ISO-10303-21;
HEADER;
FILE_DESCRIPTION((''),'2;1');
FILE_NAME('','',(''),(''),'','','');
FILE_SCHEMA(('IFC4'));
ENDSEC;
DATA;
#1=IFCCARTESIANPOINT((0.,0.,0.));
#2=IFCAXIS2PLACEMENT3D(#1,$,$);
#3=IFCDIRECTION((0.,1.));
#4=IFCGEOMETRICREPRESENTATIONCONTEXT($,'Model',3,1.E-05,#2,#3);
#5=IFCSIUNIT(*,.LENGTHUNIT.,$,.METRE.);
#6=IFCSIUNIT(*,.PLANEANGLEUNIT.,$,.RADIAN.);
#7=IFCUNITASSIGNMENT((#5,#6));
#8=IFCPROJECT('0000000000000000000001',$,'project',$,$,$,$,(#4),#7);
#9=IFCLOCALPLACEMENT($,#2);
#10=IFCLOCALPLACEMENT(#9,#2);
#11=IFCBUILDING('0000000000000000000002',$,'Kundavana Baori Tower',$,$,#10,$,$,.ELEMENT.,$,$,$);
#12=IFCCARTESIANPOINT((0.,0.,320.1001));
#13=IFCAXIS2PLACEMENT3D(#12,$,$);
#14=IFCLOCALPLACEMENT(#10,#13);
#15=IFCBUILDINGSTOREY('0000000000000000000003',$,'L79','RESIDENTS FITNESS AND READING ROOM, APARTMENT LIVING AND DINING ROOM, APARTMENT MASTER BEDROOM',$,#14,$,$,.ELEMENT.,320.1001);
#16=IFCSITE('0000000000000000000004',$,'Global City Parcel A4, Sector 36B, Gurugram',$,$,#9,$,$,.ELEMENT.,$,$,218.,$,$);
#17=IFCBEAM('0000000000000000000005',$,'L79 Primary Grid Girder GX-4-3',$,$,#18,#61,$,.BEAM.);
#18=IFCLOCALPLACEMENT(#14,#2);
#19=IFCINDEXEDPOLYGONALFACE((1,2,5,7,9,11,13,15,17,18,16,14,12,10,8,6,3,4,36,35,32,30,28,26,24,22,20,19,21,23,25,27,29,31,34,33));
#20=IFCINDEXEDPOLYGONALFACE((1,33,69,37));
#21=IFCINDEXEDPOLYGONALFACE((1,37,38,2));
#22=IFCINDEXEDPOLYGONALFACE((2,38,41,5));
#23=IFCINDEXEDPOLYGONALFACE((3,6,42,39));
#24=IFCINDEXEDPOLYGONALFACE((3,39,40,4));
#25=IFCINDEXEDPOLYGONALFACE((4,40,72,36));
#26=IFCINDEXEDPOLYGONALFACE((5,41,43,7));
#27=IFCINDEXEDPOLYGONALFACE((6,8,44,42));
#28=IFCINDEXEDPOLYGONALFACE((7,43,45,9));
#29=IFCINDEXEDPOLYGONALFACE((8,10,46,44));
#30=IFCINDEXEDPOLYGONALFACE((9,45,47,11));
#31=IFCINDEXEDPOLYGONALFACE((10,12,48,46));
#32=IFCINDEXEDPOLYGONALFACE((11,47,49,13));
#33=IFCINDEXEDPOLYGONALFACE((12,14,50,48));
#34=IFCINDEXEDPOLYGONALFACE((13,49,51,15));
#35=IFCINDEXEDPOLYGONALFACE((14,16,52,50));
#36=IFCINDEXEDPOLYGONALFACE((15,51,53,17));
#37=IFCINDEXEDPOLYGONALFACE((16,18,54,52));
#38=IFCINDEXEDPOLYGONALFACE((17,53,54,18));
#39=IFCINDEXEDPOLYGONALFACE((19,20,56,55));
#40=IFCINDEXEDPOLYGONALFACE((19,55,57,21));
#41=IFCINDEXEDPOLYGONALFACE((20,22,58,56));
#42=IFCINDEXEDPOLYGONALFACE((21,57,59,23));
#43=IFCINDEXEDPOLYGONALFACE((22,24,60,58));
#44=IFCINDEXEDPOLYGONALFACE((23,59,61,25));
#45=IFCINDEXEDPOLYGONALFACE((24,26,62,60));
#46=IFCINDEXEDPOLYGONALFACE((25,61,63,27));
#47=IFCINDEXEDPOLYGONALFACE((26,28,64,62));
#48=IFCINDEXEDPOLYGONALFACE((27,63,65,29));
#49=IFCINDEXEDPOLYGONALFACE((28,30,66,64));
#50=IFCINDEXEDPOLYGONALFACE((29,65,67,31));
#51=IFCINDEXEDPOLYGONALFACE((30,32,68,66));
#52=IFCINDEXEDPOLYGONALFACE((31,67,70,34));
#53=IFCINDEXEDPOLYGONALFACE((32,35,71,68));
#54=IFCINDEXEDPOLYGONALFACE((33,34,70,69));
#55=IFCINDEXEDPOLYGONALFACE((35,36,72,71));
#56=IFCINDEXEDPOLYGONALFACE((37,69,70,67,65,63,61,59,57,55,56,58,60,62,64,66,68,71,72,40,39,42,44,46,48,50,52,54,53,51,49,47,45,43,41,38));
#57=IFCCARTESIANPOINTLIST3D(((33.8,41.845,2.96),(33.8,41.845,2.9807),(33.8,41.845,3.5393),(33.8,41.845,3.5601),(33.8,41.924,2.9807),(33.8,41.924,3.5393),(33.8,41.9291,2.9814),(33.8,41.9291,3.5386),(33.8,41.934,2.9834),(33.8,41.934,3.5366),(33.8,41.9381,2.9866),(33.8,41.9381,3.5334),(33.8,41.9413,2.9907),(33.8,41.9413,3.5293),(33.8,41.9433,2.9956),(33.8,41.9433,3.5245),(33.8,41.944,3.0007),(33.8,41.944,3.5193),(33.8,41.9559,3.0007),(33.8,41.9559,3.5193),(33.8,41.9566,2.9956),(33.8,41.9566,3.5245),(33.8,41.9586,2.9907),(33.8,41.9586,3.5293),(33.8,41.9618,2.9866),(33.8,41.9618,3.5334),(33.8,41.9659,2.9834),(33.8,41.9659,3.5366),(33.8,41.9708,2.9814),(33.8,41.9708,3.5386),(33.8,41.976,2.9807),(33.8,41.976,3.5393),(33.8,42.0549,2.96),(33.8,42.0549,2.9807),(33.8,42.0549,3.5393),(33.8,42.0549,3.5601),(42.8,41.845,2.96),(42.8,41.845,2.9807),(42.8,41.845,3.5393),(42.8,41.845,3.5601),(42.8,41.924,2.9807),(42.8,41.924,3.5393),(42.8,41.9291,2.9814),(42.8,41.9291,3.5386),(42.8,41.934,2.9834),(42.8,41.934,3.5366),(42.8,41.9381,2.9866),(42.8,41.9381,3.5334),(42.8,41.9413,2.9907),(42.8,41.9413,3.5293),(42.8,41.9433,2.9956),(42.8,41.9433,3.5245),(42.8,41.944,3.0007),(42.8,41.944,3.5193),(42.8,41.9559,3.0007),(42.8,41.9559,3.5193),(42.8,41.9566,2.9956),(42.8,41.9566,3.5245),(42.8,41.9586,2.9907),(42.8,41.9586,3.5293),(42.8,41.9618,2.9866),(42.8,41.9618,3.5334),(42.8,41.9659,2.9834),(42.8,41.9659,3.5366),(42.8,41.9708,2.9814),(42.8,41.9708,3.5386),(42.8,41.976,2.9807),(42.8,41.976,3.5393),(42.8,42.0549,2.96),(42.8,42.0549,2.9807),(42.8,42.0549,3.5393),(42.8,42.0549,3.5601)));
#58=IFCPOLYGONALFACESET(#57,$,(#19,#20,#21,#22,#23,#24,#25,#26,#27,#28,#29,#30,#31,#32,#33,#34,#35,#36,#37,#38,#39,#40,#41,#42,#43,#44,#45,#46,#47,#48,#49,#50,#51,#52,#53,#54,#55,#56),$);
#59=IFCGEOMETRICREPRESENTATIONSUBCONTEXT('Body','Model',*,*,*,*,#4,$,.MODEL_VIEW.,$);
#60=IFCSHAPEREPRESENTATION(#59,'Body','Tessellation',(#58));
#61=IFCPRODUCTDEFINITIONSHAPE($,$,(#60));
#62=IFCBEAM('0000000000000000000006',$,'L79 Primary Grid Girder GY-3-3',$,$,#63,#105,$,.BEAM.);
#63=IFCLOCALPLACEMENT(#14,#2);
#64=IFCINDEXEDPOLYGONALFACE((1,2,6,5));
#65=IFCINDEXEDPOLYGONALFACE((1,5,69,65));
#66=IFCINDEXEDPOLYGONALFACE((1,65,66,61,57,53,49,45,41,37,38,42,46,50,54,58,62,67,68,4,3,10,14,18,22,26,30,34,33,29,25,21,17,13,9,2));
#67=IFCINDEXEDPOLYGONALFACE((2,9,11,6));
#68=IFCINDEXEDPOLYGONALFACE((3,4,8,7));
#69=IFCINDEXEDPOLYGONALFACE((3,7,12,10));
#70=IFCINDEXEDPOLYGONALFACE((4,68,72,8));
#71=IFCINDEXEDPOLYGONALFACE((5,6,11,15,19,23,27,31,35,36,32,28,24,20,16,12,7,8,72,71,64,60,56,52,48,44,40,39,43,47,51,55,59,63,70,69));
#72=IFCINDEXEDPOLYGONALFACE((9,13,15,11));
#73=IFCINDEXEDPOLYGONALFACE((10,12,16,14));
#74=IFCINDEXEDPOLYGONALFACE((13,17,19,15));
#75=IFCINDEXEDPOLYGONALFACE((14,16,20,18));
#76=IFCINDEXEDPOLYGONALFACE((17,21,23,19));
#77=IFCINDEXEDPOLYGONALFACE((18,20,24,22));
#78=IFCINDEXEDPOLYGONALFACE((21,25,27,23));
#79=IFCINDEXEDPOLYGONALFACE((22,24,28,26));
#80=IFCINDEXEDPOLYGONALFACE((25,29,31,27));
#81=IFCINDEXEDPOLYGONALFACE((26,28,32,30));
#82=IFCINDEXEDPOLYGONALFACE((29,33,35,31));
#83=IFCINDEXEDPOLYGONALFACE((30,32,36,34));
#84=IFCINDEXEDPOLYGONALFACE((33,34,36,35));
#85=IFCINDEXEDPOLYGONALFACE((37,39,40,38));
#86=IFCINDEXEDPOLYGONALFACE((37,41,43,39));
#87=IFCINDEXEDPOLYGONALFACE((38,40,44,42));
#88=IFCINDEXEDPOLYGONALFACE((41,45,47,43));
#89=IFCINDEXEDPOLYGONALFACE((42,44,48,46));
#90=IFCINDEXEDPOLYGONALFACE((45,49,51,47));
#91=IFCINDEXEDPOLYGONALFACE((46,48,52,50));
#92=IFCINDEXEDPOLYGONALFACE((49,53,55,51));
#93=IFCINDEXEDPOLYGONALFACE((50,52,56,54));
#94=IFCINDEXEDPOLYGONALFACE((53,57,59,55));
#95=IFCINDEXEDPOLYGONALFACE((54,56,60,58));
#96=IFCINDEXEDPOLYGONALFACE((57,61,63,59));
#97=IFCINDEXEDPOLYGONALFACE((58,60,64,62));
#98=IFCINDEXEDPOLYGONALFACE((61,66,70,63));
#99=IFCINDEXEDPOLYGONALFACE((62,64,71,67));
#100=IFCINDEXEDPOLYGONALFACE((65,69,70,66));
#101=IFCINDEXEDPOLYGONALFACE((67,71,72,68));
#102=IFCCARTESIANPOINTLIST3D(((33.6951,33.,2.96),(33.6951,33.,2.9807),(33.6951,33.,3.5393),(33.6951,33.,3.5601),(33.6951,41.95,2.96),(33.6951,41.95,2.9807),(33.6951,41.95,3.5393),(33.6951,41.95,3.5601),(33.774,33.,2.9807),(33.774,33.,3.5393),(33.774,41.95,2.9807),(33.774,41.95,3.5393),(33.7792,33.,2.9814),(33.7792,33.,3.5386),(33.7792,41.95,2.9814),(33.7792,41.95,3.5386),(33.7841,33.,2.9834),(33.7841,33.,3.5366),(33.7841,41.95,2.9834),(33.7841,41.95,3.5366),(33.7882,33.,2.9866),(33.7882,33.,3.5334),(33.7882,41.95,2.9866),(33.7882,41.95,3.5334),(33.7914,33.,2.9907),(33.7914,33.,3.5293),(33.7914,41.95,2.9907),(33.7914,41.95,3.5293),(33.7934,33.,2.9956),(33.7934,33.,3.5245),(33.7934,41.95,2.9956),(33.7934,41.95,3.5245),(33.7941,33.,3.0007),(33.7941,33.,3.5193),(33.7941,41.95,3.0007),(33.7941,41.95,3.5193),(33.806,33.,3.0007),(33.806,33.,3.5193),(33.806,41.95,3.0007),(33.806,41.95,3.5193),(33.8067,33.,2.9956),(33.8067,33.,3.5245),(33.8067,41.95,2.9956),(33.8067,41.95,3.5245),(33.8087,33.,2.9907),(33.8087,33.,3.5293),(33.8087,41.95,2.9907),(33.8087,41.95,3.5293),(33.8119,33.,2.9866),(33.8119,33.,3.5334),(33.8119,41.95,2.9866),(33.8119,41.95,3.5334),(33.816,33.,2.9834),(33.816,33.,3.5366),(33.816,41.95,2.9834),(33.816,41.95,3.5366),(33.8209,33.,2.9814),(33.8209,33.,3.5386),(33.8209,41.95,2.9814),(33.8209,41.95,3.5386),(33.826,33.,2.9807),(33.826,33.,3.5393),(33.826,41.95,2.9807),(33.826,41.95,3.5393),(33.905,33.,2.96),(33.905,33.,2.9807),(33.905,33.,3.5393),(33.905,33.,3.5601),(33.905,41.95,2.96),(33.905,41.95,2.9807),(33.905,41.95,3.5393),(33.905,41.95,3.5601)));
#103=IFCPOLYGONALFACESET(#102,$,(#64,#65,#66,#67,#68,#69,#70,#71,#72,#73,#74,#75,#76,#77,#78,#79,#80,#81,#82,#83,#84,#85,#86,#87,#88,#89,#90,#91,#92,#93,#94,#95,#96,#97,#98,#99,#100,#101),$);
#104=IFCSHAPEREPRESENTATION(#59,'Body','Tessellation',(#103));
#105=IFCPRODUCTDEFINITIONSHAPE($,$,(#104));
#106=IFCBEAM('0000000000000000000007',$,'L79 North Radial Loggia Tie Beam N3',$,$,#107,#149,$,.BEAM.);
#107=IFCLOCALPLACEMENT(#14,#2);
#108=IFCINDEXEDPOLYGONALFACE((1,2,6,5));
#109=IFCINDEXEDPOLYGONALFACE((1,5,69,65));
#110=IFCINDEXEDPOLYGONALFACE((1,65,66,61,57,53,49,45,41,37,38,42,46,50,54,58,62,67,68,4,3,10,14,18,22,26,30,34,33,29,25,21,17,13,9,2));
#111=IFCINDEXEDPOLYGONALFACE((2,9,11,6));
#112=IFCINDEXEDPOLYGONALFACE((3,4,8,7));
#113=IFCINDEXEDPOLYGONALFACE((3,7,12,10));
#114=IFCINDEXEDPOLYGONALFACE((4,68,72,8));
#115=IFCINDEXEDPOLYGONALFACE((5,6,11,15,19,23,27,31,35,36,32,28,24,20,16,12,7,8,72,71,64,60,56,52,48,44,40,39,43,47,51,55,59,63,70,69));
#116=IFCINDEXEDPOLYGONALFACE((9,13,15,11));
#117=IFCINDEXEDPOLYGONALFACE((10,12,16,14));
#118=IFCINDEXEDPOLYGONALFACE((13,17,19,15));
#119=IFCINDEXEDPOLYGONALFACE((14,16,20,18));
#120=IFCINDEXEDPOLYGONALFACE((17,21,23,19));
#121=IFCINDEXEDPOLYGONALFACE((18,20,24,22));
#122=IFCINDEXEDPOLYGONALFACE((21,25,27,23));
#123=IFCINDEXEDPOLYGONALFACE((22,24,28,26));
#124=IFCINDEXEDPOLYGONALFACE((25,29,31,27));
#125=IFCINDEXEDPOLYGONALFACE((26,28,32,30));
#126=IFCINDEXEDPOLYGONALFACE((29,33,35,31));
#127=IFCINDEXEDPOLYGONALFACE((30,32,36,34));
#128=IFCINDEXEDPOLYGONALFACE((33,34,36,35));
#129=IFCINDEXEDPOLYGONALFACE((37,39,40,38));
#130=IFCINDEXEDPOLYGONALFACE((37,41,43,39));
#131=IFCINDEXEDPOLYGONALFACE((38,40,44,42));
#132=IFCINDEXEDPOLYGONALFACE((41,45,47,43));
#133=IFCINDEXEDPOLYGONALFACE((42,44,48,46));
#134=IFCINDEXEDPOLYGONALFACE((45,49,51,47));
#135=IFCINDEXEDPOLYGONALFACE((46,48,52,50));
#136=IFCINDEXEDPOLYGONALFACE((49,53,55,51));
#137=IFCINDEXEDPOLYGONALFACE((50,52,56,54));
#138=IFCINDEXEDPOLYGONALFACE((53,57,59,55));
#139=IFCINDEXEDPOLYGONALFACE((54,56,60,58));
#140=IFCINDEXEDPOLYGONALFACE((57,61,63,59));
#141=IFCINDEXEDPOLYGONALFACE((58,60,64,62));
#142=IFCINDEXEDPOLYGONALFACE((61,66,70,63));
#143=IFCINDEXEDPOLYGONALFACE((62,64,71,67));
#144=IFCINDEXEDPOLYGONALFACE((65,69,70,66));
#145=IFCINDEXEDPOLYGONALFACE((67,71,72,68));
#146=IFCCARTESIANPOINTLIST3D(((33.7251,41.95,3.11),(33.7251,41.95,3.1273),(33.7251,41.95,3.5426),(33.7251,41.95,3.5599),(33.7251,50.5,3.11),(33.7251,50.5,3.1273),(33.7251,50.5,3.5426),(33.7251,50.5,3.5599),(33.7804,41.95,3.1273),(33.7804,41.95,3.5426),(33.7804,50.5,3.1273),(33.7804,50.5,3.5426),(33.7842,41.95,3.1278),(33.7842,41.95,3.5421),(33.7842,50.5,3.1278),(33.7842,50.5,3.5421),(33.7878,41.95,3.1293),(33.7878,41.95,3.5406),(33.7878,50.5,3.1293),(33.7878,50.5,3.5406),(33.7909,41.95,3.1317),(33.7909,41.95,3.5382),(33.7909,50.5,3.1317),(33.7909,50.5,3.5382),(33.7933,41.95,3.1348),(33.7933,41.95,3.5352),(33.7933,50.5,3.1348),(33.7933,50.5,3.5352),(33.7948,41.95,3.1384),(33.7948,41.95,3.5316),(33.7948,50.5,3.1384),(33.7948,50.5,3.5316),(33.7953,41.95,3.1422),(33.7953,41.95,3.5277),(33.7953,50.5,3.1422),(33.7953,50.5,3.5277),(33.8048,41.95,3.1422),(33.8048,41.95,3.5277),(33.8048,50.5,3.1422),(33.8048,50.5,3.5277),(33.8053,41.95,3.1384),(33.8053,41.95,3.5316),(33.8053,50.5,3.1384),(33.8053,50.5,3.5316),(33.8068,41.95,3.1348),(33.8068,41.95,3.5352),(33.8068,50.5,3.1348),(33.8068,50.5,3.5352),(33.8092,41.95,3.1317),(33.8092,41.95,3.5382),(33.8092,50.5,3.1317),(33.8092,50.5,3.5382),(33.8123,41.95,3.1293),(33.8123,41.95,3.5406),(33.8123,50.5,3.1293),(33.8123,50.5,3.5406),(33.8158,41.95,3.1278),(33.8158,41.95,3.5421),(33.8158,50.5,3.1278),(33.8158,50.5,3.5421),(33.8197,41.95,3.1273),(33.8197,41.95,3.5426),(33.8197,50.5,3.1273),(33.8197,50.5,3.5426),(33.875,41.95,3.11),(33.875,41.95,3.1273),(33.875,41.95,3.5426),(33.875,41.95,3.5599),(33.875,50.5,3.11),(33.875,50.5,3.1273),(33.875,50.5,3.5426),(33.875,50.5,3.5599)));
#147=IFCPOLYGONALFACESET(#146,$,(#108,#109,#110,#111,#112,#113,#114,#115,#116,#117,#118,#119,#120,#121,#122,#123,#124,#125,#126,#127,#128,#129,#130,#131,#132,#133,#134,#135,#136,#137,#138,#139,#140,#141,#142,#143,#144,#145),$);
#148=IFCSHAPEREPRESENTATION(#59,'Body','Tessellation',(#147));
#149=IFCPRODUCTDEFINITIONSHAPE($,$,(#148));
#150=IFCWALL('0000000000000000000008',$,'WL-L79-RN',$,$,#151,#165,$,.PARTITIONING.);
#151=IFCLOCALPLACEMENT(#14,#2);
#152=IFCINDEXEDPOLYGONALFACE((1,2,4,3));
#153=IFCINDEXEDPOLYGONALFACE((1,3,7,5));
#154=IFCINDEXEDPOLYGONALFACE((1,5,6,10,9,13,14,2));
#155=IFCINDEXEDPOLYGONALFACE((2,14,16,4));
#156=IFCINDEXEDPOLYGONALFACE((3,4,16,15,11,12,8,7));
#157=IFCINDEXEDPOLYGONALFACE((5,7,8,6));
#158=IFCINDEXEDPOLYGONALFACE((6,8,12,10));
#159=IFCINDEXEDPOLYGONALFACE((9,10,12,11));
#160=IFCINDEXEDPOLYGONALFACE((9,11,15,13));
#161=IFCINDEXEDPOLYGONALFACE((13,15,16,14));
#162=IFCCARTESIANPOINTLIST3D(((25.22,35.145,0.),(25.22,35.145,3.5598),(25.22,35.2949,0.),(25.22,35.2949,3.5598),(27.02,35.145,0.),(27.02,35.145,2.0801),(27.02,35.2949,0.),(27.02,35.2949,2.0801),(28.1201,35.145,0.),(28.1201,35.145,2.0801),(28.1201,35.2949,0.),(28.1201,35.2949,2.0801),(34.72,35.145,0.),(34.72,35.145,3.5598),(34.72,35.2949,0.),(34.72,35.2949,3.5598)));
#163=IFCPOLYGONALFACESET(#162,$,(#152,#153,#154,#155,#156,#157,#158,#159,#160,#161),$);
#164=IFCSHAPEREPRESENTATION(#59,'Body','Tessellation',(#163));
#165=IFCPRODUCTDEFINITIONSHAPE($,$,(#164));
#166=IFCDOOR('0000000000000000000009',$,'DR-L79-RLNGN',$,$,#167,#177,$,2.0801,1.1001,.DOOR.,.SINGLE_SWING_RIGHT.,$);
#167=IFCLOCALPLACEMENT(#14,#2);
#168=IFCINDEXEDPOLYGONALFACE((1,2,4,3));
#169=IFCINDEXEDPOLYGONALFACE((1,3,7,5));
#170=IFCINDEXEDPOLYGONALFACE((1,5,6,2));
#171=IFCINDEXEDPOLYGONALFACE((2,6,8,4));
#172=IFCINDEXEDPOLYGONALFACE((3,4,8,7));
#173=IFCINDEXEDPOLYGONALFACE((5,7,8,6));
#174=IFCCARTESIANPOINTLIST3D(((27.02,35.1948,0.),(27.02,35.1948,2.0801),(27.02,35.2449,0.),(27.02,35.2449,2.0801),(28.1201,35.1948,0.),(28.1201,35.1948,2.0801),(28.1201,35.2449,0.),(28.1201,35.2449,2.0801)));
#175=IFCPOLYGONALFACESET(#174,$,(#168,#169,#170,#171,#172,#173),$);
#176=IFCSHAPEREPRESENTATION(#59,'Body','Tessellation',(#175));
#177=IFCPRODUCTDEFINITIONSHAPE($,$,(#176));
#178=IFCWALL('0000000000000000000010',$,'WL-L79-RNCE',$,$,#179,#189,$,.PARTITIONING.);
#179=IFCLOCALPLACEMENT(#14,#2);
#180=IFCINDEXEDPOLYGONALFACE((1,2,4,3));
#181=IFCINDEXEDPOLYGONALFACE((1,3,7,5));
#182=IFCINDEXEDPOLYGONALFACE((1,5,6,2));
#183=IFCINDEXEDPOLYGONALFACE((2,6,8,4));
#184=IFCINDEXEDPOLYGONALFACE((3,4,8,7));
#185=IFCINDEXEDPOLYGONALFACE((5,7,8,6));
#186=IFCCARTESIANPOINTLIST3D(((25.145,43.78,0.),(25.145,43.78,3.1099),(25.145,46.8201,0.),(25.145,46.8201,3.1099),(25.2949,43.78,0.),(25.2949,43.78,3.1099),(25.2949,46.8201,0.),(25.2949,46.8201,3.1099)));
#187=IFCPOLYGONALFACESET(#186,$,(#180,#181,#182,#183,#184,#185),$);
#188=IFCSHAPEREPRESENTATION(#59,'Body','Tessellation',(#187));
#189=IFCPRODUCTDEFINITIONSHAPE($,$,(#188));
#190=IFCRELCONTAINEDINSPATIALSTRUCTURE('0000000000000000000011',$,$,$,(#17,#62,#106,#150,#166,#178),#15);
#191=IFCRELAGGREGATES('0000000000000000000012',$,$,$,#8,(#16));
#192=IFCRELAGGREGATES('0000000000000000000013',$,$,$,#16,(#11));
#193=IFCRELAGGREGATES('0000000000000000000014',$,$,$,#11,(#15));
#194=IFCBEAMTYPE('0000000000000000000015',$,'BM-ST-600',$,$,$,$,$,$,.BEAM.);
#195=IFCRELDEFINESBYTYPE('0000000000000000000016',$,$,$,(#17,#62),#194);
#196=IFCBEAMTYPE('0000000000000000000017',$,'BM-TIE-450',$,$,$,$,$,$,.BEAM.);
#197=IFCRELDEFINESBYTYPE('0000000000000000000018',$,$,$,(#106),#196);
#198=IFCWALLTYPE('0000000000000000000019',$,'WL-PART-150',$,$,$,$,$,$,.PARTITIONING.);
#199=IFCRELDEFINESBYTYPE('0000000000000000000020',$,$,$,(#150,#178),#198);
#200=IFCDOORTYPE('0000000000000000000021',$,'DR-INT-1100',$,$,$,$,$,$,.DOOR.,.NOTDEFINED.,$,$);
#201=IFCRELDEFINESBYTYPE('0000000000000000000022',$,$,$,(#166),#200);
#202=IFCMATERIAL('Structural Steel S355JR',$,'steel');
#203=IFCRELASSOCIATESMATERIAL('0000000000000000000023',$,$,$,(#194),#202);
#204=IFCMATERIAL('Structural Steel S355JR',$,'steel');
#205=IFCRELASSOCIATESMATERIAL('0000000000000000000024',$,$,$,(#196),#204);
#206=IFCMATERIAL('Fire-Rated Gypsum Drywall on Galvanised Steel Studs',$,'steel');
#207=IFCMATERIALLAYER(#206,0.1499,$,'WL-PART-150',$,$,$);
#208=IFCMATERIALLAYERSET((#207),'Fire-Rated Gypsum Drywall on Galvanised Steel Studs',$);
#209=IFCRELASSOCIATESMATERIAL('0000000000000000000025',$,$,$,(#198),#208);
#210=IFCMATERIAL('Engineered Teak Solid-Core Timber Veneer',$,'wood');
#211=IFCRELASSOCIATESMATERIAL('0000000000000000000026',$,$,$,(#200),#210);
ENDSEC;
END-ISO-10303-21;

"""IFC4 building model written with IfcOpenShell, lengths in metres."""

from ifc_helpers import new_model, si_unit, direction, frame, frame_2d, origin, origin_2d, place, context, subcontext, project, spatial, rectangle, i_section, extrude, material, layer, layer_set, material_profile, profile_set, type_object, element, fill, save


model = new_model("IFC4")

# Units and contexts
model_context = context("Model", 3, precision=1e-05, world=origin(), true_north=direction((0.0, 1.0)))
body_context = subcontext(model_context, "Body", "Model", "MODEL_VIEW")
ifc_project = project(units=[si_unit("LENGTHUNIT", "METRE"), si_unit("PLANEANGLEUNIT", "RADIAN")], contexts=[model_context])

# Site, building, storey
site_placement = place(None, origin())
site = spatial("IfcSite", under=ifc_project, at=site_placement, Name="Global City Parcel A4, Sector 36B, Gurugram", CompositionType="ELEMENT", RefElevation=218.0)
building_placement = place(site_placement, origin())
building = spatial("IfcBuilding", under=site, at=building_placement, Name="Kundavana Baori Tower", CompositionType="ELEMENT")
storey_placement = place(building_placement, frame((0.0, 0.0, 320.1001)))
storey = spatial("IfcBuildingStorey", under=building, at=storey_placement, Name="L79", Description="RESIDENTS FITNESS AND READING ROOM, APARTMENT LIVING AND DINING ROOM, APARTMENT MASTER BEDROOM", CompositionType="ELEMENT", Elevation=320.1001)

# Beams
ifc_material_1 = material(Name="Structural Steel S355JR", Category="steel")
ifc_material_profile_1 = material_profile(ifc_material_1, i_section(OverallWidth=0.21, OverallDepth=0.6001, WebThickness=0.012, FlangeThickness=0.0208, FilletRadius=0.02, at=origin_2d()), Name="ISMB 600")
ifc_profile_set_1 = profile_set([ifc_material_profile_1], Name="Structural Steel S355JR")
beam_type_1 = type_object("IfcBeamType", Name="BM-ST-600", PredefinedType="BEAM", material=ifc_profile_set_1)
beam_1_placement = place(storey_placement, frame((33.8, 41.95, 3.26), z_axis=(1.0, 0.0, 0.0), x_axis=(0.0, 1.0, 0.0)))
element("IfcBeam", 1, at=beam_1_placement, inside=storey, type_object=beam_type_1, Name="L79 Primary Grid Girder GX-4-3", PredefinedType="BEAM", context=body_context, shape_type="SweptSolid", body=[
    extrude(i_section(OverallWidth=0.21, OverallDepth=0.6001, WebThickness=0.012, FlangeThickness=0.0208, FilletRadius=0.02, at=origin_2d()), origin(), (0.0, 0.0, 1.0), 9.0),
])
beam_2_placement = place(storey_placement, frame((33.8, 33.0, 3.26), z_axis=(0.0, 1.0, 0.0), x_axis=(-1.0, 0.0, 0.0)))
element("IfcBeam", 2, at=beam_2_placement, inside=storey, type_object=beam_type_1, Name="L79 Primary Grid Girder GY-3-3", PredefinedType="BEAM", context=body_context, shape_type="SweptSolid", body=[
    extrude(i_section(OverallWidth=0.21, OverallDepth=0.6001, WebThickness=0.012, FlangeThickness=0.0208, FilletRadius=0.02, at=origin_2d()), origin(), (0.0, 0.0, 1.0), 8.95),
])
ifc_material_2 = material(Name="Structural Steel S355JR", Category="steel")
ifc_material_profile_2 = material_profile(ifc_material_2, i_section(OverallWidth=0.1499, OverallDepth=0.45, WebThickness=0.0095, FlangeThickness=0.0173, FilletRadius=0.0149, at=origin_2d()), Name="ISMB 450")
ifc_profile_set_2 = profile_set([ifc_material_profile_2], Name="Structural Steel S355JR")
beam_type_2 = type_object("IfcBeamType", Name="BM-TIE-450", PredefinedType="BEAM", material=ifc_profile_set_2)
beam_3_placement = place(storey_placement, frame((33.8, 41.95, 3.335), z_axis=(0.0, 1.0, 0.0), x_axis=(-1.0, 0.0, 0.0)))
element("IfcBeam", 3, at=beam_3_placement, inside=storey, type_object=beam_type_2, Name="L79 North Radial Loggia Tie Beam N3", PredefinedType="BEAM", context=body_context, shape_type="SweptSolid", body=[
    extrude(i_section(OverallWidth=0.1499, OverallDepth=0.45, WebThickness=0.0095, FlangeThickness=0.0173, FilletRadius=0.0149, at=origin_2d()), origin(), (0.0, 0.0, 1.0), 8.55),
])

# Wall, opening, door
ifc_material_3 = material(Name="Fire-Rated Gypsum Drywall on Galvanised Steel Studs", Category="steel")
ifc_layer_1 = layer(ifc_material_3, 0.1499, Name="WL-PART-150")
ifc_layer_set_1 = layer_set([ifc_layer_1], Name="Fire-Rated Gypsum Drywall on Galvanised Steel Studs")
wall_type_1 = type_object("IfcWallType", Name="WL-PART-150", PredefinedType="PARTITIONING", material=ifc_layer_set_1)
wall_1_placement = place(storey_placement, frame((25.22, 35.22, 0.0), z_axis=(0.0, 0.0, 1.0), x_axis=(1.0, 0.0, 0.0)))
wall_1 = element("IfcWall", 4, at=wall_1_placement, inside=storey, type_object=wall_type_1, Name="WL-L79-RN", PredefinedType="PARTITIONING", context=body_context, shape_type="SweptSolid", body=[
    extrude(rectangle(XDim=9.5, YDim=0.1499, at=frame_2d((4.75, 0.0))), origin(), (0.0, 0.0, 1.0), 3.5598),
])
opening_1_placement = place(wall_1_placement, frame((1.8, 0.0, 0.0)))
opening_1 = element("IfcOpeningElement", 5, at=opening_1_placement, cuts=wall_1, PredefinedType="OPENING", context=body_context, shape_type="SweptSolid", body=[
    extrude(rectangle(XDim=1.1001, YDim=2.0801, at=frame_2d((0.55, 1.04))), frame((0.0, 0.085, 0.0), z_axis=(0.0, -1.0, 0.0), x_axis=(1.0, 0.0, 0.0)), (0.0, 0.0, 1.0), 0.1699),
])
ifc_material_4 = material(Name="Engineered Teak Solid-Core Timber Veneer", Category="wood")
door_type_1 = type_object("IfcDoorType", Name="DR-INT-1100", OperationType="NOTDEFINED", PredefinedType="DOOR", material=ifc_material_4)
door_1_placement = place(opening_1_placement, origin())
door_1 = element("IfcDoor", 6, at=door_1_placement, inside=storey, type_object=door_type_1, Name="DR-L79-RLNGN", OperationType="SINGLE_SWING_RIGHT", OverallHeight=2.0801, OverallWidth=1.1001, PredefinedType="DOOR", context=body_context, shape_type="SweptSolid", body=[
    extrude(rectangle(XDim=1.1001, YDim=2.0801, at=frame_2d((0.55, 1.04))), frame((0.0, 0.0249, 0.0), z_axis=(0.0, -1.0, 0.0), x_axis=(1.0, 0.0, 0.0)), (0.0, 0.0, 1.0), 0.05),
])
fill(opening_1, door_1)

# Wall
wall_2_placement = place(storey_placement, frame((25.22, 43.78, 0.0), z_axis=(0.0, 0.0, 1.0), x_axis=(0.0, 1.0, 0.0)))
element("IfcWall", 7, at=wall_2_placement, inside=storey, type_object=wall_type_1, Name="WL-L79-RNCE", PredefinedType="PARTITIONING", context=body_context, shape_type="SweptSolid", body=[
    extrude(rectangle(XDim=3.04, YDim=0.1499, at=frame_2d((1.52, 0.0))), origin(), (0.0, 0.0, 1.0), 3.1099),
])

save(model, "model.ifc")
